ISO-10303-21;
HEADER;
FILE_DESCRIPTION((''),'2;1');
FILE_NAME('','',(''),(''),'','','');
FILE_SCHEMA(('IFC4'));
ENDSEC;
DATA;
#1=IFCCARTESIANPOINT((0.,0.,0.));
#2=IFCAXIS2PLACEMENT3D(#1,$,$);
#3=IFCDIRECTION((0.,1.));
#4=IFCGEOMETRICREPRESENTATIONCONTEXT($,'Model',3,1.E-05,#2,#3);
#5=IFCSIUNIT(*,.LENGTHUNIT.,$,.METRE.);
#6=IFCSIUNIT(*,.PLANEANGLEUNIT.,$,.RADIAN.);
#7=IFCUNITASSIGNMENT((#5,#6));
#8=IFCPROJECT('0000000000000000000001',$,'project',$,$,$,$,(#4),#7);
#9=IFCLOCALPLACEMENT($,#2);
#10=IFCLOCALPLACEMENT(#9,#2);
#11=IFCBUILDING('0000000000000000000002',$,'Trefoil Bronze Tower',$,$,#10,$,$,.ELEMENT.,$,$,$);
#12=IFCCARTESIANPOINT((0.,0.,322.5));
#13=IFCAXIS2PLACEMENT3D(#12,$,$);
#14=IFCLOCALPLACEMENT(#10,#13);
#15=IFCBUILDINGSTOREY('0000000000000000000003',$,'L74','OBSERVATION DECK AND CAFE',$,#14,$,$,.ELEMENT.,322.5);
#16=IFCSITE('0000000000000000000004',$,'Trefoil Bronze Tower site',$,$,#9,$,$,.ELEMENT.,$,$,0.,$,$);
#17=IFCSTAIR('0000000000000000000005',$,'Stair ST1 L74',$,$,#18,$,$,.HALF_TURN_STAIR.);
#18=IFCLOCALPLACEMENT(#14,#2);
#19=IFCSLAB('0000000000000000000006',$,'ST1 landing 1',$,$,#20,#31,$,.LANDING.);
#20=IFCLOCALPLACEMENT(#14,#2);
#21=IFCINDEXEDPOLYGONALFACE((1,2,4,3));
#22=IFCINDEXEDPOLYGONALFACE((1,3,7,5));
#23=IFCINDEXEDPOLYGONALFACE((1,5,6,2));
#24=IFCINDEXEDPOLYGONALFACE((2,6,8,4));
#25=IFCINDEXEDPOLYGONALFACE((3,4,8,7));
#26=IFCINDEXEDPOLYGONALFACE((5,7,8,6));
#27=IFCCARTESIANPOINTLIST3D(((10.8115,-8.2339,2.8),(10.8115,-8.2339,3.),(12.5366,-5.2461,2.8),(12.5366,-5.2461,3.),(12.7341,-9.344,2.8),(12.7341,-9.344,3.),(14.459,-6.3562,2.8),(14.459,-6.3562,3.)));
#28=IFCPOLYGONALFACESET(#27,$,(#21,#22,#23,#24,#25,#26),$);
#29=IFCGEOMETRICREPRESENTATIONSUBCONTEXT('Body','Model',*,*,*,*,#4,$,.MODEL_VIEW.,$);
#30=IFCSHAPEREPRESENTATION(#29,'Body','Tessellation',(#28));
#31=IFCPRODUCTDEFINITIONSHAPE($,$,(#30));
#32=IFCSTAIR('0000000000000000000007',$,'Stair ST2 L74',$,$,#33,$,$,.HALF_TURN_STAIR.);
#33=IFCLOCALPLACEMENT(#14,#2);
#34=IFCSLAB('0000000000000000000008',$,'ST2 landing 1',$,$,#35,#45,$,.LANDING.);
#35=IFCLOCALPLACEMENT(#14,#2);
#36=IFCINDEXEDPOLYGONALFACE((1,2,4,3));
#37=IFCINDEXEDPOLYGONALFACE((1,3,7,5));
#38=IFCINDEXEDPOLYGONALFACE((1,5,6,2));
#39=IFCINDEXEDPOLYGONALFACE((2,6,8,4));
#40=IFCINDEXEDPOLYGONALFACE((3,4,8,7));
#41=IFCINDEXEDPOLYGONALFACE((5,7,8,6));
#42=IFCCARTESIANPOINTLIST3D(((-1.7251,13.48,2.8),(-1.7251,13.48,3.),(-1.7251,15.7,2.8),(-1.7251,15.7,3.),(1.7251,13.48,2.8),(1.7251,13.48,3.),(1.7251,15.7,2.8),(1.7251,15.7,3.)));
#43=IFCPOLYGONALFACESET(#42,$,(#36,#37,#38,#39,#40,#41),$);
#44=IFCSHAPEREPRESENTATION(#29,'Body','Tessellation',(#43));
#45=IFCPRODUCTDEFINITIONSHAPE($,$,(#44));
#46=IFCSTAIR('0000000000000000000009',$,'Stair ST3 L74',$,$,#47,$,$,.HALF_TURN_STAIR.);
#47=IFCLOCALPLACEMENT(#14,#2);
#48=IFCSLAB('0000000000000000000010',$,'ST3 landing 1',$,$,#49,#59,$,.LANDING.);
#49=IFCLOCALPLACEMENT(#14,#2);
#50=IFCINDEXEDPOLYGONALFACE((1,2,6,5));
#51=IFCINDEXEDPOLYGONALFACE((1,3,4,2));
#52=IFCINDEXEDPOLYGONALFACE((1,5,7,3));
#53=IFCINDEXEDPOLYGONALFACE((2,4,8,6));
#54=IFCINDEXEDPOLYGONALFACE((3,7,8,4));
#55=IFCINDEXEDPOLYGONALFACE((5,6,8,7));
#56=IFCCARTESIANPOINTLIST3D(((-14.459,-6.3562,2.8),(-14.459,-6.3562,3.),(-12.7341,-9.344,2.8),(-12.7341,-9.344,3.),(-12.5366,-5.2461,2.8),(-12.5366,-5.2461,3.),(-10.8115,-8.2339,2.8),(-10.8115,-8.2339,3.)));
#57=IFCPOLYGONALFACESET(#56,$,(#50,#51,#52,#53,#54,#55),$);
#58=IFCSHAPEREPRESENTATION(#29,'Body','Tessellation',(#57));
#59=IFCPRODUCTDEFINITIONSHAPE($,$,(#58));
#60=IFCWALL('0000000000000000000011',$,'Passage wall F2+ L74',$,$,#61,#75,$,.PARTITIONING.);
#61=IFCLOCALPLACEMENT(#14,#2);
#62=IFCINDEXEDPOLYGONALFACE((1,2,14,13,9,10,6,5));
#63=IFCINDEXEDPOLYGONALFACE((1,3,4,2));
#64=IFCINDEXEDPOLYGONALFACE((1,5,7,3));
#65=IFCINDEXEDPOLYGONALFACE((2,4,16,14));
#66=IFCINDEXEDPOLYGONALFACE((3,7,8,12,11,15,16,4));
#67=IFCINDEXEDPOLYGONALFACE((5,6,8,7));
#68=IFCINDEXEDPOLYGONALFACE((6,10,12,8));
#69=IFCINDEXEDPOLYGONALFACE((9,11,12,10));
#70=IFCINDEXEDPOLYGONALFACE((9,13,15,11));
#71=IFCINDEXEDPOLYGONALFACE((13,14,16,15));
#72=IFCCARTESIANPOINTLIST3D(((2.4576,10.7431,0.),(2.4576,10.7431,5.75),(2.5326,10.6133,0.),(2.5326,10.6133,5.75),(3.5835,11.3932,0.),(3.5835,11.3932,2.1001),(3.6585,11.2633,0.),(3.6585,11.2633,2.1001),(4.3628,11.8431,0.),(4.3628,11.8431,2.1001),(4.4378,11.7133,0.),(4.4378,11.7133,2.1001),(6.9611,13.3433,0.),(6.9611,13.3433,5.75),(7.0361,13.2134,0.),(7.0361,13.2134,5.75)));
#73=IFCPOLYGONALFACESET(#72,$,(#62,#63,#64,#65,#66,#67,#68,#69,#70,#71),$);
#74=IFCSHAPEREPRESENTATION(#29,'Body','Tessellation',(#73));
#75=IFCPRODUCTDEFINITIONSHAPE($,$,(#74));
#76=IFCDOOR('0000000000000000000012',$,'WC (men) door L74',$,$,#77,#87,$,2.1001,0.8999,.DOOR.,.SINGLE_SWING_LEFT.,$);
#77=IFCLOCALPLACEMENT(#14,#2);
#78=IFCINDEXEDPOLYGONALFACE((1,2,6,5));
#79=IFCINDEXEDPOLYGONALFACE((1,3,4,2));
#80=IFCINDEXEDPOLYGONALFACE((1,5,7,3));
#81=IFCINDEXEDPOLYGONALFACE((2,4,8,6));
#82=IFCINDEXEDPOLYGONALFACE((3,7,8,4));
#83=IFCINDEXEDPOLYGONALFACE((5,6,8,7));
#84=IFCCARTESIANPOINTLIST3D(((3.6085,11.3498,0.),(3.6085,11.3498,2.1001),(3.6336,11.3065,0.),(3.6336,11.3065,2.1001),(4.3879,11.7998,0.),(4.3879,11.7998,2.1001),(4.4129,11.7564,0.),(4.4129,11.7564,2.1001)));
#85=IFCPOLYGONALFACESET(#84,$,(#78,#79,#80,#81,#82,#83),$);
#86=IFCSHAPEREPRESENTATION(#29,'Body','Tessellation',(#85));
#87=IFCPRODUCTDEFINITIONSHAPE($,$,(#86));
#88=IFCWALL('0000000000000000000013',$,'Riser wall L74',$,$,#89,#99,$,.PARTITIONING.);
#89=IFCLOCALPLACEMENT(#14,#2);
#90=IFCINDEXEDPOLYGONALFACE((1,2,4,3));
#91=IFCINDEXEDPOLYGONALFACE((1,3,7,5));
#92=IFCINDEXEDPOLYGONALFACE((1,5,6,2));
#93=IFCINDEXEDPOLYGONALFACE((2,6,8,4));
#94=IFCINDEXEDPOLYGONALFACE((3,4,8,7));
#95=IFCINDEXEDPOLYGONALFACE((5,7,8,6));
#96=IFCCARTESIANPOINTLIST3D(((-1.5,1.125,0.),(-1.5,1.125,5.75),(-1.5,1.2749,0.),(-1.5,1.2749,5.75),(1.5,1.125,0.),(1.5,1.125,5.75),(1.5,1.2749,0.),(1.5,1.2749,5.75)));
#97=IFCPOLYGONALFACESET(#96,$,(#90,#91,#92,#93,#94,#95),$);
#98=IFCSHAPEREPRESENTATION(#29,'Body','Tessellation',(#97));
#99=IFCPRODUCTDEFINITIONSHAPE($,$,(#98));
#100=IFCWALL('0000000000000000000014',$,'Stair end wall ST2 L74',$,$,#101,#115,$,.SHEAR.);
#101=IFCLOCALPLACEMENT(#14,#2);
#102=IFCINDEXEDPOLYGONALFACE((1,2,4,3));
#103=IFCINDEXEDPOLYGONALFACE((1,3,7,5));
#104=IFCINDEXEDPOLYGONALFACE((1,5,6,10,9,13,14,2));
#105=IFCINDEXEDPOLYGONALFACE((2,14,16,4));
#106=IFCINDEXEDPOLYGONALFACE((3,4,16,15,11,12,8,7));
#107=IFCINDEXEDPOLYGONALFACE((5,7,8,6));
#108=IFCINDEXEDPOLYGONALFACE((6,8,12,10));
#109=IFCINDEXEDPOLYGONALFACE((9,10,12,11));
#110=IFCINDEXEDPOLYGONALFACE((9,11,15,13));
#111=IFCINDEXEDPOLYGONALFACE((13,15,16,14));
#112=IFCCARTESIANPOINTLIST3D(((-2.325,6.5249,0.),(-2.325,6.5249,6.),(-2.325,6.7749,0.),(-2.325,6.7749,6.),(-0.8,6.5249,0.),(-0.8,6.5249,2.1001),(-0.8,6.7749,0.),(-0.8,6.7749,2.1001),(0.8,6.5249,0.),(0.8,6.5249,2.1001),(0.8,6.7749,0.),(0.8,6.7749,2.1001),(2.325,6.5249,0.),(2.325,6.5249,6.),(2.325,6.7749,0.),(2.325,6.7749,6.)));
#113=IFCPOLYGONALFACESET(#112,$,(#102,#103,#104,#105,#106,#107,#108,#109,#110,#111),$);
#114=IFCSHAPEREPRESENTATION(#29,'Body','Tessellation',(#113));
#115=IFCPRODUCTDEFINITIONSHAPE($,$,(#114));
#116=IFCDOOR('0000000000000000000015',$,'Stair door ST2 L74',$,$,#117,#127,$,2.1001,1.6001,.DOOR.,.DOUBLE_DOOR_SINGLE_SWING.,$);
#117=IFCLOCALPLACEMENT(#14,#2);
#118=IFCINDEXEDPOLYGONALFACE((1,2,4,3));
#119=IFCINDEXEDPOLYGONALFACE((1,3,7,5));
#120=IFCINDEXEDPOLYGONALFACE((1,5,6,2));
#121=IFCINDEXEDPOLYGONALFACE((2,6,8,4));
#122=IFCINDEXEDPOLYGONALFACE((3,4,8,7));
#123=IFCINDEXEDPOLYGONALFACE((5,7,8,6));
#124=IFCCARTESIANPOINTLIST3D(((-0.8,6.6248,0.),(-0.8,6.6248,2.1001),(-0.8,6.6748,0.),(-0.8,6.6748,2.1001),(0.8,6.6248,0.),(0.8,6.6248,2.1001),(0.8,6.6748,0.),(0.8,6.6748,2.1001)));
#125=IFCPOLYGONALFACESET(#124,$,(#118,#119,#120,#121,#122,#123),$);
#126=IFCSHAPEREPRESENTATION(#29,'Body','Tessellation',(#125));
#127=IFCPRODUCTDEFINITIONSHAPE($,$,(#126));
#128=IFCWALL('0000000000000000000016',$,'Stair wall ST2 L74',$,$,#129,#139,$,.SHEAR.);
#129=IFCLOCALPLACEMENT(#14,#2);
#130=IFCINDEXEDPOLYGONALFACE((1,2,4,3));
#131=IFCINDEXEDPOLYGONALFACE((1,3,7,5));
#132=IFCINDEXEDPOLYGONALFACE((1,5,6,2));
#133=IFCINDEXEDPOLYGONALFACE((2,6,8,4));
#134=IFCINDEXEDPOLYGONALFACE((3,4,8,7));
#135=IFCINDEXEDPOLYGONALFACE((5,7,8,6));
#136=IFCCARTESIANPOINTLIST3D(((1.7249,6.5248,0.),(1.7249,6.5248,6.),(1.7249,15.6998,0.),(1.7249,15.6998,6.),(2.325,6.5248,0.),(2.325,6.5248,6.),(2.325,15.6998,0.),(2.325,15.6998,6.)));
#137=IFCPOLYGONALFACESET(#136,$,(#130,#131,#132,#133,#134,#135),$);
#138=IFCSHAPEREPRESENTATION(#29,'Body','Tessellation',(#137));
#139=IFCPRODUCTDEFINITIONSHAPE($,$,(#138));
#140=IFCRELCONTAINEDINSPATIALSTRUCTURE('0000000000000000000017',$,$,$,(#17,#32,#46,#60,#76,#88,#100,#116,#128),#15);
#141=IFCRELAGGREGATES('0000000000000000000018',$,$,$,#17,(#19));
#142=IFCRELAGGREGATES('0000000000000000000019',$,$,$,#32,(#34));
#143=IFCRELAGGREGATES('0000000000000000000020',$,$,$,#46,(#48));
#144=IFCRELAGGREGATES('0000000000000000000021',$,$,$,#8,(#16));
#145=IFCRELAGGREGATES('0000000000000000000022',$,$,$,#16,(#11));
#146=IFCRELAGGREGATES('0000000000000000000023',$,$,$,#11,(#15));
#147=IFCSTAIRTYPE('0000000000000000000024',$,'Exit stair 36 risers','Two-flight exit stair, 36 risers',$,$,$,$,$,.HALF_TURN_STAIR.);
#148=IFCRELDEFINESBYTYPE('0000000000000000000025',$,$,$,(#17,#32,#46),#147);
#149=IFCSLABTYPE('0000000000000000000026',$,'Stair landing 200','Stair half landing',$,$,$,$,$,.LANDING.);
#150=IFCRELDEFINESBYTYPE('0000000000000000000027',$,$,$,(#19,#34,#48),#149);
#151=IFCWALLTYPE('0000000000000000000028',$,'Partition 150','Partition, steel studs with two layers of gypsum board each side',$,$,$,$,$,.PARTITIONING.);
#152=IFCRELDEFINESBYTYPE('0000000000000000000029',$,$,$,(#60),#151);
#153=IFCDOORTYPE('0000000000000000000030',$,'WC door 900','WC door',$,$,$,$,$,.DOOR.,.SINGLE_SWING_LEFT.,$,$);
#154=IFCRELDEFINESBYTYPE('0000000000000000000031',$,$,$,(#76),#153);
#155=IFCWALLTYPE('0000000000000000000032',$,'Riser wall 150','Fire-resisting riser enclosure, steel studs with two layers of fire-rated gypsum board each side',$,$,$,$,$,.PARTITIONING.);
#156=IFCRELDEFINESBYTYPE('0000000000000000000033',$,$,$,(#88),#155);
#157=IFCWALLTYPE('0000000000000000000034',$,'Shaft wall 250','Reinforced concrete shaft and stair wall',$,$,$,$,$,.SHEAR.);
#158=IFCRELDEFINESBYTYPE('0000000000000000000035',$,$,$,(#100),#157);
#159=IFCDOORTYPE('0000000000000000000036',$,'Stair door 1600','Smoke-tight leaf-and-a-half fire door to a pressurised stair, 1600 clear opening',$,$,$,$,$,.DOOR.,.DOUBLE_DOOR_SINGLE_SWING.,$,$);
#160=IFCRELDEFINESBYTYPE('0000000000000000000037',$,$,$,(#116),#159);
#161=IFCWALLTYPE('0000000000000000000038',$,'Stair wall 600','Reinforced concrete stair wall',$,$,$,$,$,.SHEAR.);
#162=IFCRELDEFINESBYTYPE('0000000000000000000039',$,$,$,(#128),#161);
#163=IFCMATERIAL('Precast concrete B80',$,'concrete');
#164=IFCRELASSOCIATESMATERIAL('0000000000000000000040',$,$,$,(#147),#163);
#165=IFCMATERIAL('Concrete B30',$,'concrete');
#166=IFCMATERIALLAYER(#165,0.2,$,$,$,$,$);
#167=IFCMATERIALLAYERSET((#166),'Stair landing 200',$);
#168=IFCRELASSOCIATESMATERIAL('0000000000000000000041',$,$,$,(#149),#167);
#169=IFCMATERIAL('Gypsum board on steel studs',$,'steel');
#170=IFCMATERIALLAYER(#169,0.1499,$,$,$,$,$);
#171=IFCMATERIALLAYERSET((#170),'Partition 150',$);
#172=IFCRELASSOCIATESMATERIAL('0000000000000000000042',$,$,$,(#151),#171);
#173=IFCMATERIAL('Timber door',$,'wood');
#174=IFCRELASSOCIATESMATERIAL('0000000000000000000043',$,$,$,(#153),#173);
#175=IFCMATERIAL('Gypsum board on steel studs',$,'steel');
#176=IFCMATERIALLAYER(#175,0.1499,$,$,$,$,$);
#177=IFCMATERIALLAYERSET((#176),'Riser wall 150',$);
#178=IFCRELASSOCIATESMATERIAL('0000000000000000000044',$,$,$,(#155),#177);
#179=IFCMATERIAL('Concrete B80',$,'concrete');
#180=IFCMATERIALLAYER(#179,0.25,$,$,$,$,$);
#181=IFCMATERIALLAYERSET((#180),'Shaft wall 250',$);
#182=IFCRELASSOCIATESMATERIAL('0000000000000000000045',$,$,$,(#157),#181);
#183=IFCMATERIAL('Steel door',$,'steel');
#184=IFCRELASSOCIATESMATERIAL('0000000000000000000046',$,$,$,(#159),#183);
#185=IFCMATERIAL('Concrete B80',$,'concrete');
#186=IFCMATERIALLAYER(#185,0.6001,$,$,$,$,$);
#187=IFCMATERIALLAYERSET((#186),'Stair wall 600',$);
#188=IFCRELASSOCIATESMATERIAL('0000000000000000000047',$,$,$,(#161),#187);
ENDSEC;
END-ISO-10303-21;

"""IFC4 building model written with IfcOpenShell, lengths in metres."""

from ifc_helpers import new_model, si_unit, direction, frame, frame_2d, origin, place, context, subcontext, project, spatial, polyline, rectangle, outline, extrude, material, layer, layer_set, type_object, element, fill, aggregate, save


model = new_model("IFC4")

# Units and contexts
model_context = context("Model", 3, precision=1e-05, world=origin(), true_north=direction((0.0, 1.0)))
body_context = subcontext(model_context, "Body", "Model", "MODEL_VIEW")
ifc_project = project(units=[si_unit("LENGTHUNIT", "METRE"), si_unit("PLANEANGLEUNIT", "RADIAN")], contexts=[model_context])

# Site, building, storey
site_placement = place(None, origin())
site = spatial("IfcSite", under=ifc_project, at=site_placement, Name="Trefoil Bronze Tower site", CompositionType="ELEMENT", RefElevation=0.0)
building_placement = place(site_placement, origin())
building = spatial("IfcBuilding", under=site, at=building_placement, Name="Trefoil Bronze Tower", CompositionType="ELEMENT")
storey_placement = place(building_placement, frame((0.0, 0.0, 322.5)))
storey = spatial("IfcBuildingStorey", under=building, at=storey_placement, Name="L74", Description="OBSERVATION DECK AND CAFE", CompositionType="ELEMENT", Elevation=322.5)

# Stairs, slabs
ifc_material_1 = material(Name="Precast concrete B80", Category="concrete")
stair_type = type_object("IfcStairType", Name="Exit stair 36 risers", Description="Two-flight exit stair, 36 risers", PredefinedType="HALF_TURN_STAIR", material=ifc_material_1)
stair_1_placement = place(storey_placement, origin())
stair_1 = element("IfcStair", 1, at=stair_1_placement, inside=storey, type_object=stair_type, Name="Stair ST1 L74", PredefinedType="HALF_TURN_STAIR")
ifc_material_2 = material(Name="Concrete B30", Category="concrete")
ifc_layer_1 = layer(ifc_material_2, 0.2)
ifc_layer_set_1 = layer_set([ifc_layer_1], Name="Stair landing 200")
slab_type = type_object("IfcSlabType", Name="Stair landing 200", Description="Stair half landing", PredefinedType="LANDING", material=ifc_layer_set_1)
slab_1_placement = place(storey_placement, frame((0.0, 0.0, 2.8)))
slab_1 = element("IfcSlab", 2, at=slab_1_placement, type_object=slab_type, Name="ST1 landing 1", PredefinedType="LANDING", context=body_context, shape_type="SweptSolid", body=[
    extrude(outline(polyline([(10.8115, -8.2339), (12.7341, -9.344), (14.459, -6.3562), (12.5366, -5.2461), (10.8115, -8.2339)])), origin(), (0.0, 0.0, 1.0), 0.2),
])
aggregate(stair_1, [slab_1])
stair_2_placement = place(storey_placement, origin())
stair_2 = element("IfcStair", 3, at=stair_2_placement, inside=storey, type_object=stair_type, Name="Stair ST2 L74", PredefinedType="HALF_TURN_STAIR")
slab_2_placement = place(storey_placement, frame((0.0, 0.0, 2.8)))
slab_2 = element("IfcSlab", 4, at=slab_2_placement, type_object=slab_type, Name="ST2 landing 1", PredefinedType="LANDING", context=body_context, shape_type="SweptSolid", body=[
    extrude(outline(polyline([(1.7251, 13.48), (1.7251, 15.7), (-1.7251, 15.7), (-1.7251, 13.48), (1.7251, 13.48)])), origin(), (0.0, 0.0, 1.0), 0.2),
])
aggregate(stair_2, [slab_2])
stair_3_placement = place(storey_placement, origin())
stair_3 = element("IfcStair", 5, at=stair_3_placement, inside=storey, type_object=stair_type, Name="Stair ST3 L74", PredefinedType="HALF_TURN_STAIR")
slab_3_placement = place(storey_placement, frame((0.0, 0.0, 2.8)))
slab_3 = element("IfcSlab", 6, at=slab_3_placement, type_object=slab_type, Name="ST3 landing 1", PredefinedType="LANDING", context=body_context, shape_type="SweptSolid", body=[
    extrude(outline(polyline([(-12.5366, -5.2461), (-14.459, -6.3562), (-12.7341, -9.344), (-10.8115, -8.2339), (-12.5366, -5.2461)])), origin(), (0.0, 0.0, 1.0), 0.2),
])
aggregate(stair_3, [slab_3])

# Wall, opening, door
ifc_material_3 = material(Name="Gypsum board on steel studs", Category="steel")
ifc_layer_2 = layer(ifc_material_3, 0.1499)
ifc_layer_set_2 = layer_set([ifc_layer_2], Name="Partition 150")
wall_type_1 = type_object("IfcWallType", Name="Partition 150", Description="Partition, steel studs with two layers of gypsum board each side", PredefinedType="PARTITIONING", material=ifc_layer_set_2)
wall_1_placement = place(storey_placement, frame((2.4951, 10.6782, 0.0), z_axis=(0.0, 0.0, 1.0), x_axis=(0.866021, 0.500007, 0.0)))
wall_1 = element("IfcWall", 7, at=wall_1_placement, inside=storey, type_object=wall_type_1, Name="Passage wall F2+ L74", PredefinedType="PARTITIONING", context=body_context, shape_type="SweptSolid", body=[
    extrude(rectangle(XDim=5.2002, YDim=0.1499, at=frame_2d((2.6001, 0.0))), origin(), (0.0, 0.0, 1.0), 5.75),
])
opening_1_placement = place(wall_1_placement, frame((1.3, 0.0, 0.0)))
opening_1 = element("IfcOpeningElement", 8, at=opening_1_placement, cuts=wall_1, PredefinedType="OPENING", context=body_context, shape_type="SweptSolid", body=[
    extrude(rectangle(XDim=0.8999, YDim=2.1001, at=frame_2d((0.45, 1.05))), frame((0.0, 0.085, 0.0), z_axis=(0.0, -1.0, 0.0), x_axis=(1.0, 0.0, 0.0)), (0.0, 0.0, 1.0), 0.1699),
])
ifc_material_4 = material(Name="Timber door", Category="wood")
door_type_1 = type_object("IfcDoorType", Name="WC door 900", Description="WC door", OperationType="SINGLE_SWING_LEFT", PredefinedType="DOOR", material=ifc_material_4)
door_1_placement = place(opening_1_placement, origin())
door_1 = element("IfcDoor", 9, at=door_1_placement, inside=storey, type_object=door_type_1, Name="WC (men) door L74", OperationType="SINGLE_SWING_LEFT", OverallHeight=2.1001, OverallWidth=0.8999, PredefinedType="DOOR", context=body_context, shape_type="SweptSolid", body=[
    extrude(rectangle(XDim=0.8999, YDim=2.1001, at=frame_2d((0.45, 1.05))), frame((0.0, 0.0249, 0.0), z_axis=(0.0, -1.0, 0.0), x_axis=(1.0, 0.0, 0.0)), (0.0, 0.0, 1.0), 0.05),
])
fill(opening_1, door_1)

# Wall
ifc_material_5 = material(Name="Gypsum board on steel studs", Category="steel")
ifc_layer_3 = layer(ifc_material_5, 0.1499)
ifc_layer_set_3 = layer_set([ifc_layer_3], Name="Riser wall 150")
wall_type_2 = type_object("IfcWallType", Name="Riser wall 150", Description="Fire-resisting riser enclosure, steel studs with two layers of fire-rated gypsum board each side", PredefinedType="PARTITIONING", material=ifc_layer_set_3)
wall_2_placement = place(storey_placement, frame((1.5, 1.2, 0.0), z_axis=(0.0, 0.0, 1.0), x_axis=(-1.0, 0.0, 0.0)))
element("IfcWall", 10, at=wall_2_placement, inside=storey, type_object=wall_type_2, Name="Riser wall L74", PredefinedType="PARTITIONING", context=body_context, shape_type="SweptSolid", body=[
    extrude(rectangle(XDim=3.0, YDim=0.1499, at=frame_2d((1.5, 0.0))), origin(), (0.0, 0.0, 1.0), 5.75),
])

# Wall, opening, door
ifc_material_6 = material(Name="Concrete B80", Category="concrete")
ifc_layer_4 = layer(ifc_material_6, 0.25)
ifc_layer_set_4 = layer_set([ifc_layer_4], Name="Shaft wall 250")
wall_type_3 = type_object("IfcWallType", Name="Shaft wall 250", Description="Reinforced concrete shaft and stair wall", PredefinedType="SHEAR", material=ifc_layer_set_4)
wall_3_placement = place(storey_placement, frame((2.325, 6.6499, 0.0), z_axis=(0.0, 0.0, 1.0), x_axis=(-1.0, 0.0, 0.0)))
wall_3 = element("IfcWall", 11, at=wall_3_placement, inside=storey, type_object=wall_type_3, Name="Stair end wall ST2 L74", PredefinedType="SHEAR", context=body_context, shape_type="SweptSolid", body=[
    extrude(rectangle(XDim=4.6499, YDim=0.25, at=frame_2d((2.325, 0.0))), origin(), (0.0, 0.0, 1.0), 6.0),
])
opening_2_placement = place(wall_3_placement, frame((1.5249, 0.0, 0.0)))
opening_2 = element("IfcOpeningElement", 12, at=opening_2_placement, cuts=wall_3, PredefinedType="OPENING", context=body_context, shape_type="SweptSolid", body=[
    extrude(rectangle(XDim=1.6001, YDim=2.1001, at=frame_2d((0.8, 1.05))), frame((0.0, 0.135, 0.0), z_axis=(0.0, -1.0, 0.0), x_axis=(1.0, 0.0, 0.0)), (0.0, 0.0, 1.0), 0.27),
])
ifc_material_7 = material(Name="Steel door", Category="steel")
door_type_2 = type_object("IfcDoorType", Name="Stair door 1600", Description="Smoke-tight leaf-and-a-half fire door to a pressurised stair, 1600 clear opening", OperationType="DOUBLE_DOOR_SINGLE_SWING", PredefinedType="DOOR", material=ifc_material_7)
door_2_placement = place(opening_2_placement, frame((1.6001, 0.0, 0.0), z_axis=(0.0, 0.0, 1.0), x_axis=(-1.0, 0.0, 0.0)))
door_2 = element("IfcDoor", 13, at=door_2_placement, inside=storey, type_object=door_type_2, Name="Stair door ST2 L74", OperationType="DOUBLE_DOOR_SINGLE_SWING", OverallHeight=2.1001, OverallWidth=1.6001, PredefinedType="DOOR", context=body_context, shape_type="SweptSolid", body=[
    extrude(rectangle(XDim=1.6001, YDim=2.1001, at=frame_2d((0.8, 1.05))), frame((0.0, 0.0249, 0.0), z_axis=(0.0, -1.0, 0.0), x_axis=(1.0, 0.0, 0.0)), (0.0, 0.0, 1.0), 0.05),
])
fill(opening_2, door_2)

# Wall
ifc_material_8 = material(Name="Concrete B80", Category="concrete")
ifc_layer_5 = layer(ifc_material_8, 0.6001)
ifc_layer_set_5 = layer_set([ifc_layer_5], Name="Stair wall 600")
wall_type_4 = type_object("IfcWallType", Name="Stair wall 600", Description="Reinforced concrete stair wall", PredefinedType="SHEAR", material=ifc_layer_set_5)
wall_4_placement = place(storey_placement, frame((2.0249, 6.5249, 0.0), z_axis=(0.0, 0.0, 1.0), x_axis=(0.0, 1.0, 0.0)))
element("IfcWall", 14, at=wall_4_placement, inside=storey, type_object=wall_type_4, Name="Stair wall ST2 L74", PredefinedType="SHEAR", context=body_context, shape_type="SweptSolid", body=[
    extrude(rectangle(XDim=9.175, YDim=0.6001, at=frame_2d((4.5874, 0.0))), origin(), (0.0, 0.0, 1.0), 6.0),
])

save(model, "model.ifc")
